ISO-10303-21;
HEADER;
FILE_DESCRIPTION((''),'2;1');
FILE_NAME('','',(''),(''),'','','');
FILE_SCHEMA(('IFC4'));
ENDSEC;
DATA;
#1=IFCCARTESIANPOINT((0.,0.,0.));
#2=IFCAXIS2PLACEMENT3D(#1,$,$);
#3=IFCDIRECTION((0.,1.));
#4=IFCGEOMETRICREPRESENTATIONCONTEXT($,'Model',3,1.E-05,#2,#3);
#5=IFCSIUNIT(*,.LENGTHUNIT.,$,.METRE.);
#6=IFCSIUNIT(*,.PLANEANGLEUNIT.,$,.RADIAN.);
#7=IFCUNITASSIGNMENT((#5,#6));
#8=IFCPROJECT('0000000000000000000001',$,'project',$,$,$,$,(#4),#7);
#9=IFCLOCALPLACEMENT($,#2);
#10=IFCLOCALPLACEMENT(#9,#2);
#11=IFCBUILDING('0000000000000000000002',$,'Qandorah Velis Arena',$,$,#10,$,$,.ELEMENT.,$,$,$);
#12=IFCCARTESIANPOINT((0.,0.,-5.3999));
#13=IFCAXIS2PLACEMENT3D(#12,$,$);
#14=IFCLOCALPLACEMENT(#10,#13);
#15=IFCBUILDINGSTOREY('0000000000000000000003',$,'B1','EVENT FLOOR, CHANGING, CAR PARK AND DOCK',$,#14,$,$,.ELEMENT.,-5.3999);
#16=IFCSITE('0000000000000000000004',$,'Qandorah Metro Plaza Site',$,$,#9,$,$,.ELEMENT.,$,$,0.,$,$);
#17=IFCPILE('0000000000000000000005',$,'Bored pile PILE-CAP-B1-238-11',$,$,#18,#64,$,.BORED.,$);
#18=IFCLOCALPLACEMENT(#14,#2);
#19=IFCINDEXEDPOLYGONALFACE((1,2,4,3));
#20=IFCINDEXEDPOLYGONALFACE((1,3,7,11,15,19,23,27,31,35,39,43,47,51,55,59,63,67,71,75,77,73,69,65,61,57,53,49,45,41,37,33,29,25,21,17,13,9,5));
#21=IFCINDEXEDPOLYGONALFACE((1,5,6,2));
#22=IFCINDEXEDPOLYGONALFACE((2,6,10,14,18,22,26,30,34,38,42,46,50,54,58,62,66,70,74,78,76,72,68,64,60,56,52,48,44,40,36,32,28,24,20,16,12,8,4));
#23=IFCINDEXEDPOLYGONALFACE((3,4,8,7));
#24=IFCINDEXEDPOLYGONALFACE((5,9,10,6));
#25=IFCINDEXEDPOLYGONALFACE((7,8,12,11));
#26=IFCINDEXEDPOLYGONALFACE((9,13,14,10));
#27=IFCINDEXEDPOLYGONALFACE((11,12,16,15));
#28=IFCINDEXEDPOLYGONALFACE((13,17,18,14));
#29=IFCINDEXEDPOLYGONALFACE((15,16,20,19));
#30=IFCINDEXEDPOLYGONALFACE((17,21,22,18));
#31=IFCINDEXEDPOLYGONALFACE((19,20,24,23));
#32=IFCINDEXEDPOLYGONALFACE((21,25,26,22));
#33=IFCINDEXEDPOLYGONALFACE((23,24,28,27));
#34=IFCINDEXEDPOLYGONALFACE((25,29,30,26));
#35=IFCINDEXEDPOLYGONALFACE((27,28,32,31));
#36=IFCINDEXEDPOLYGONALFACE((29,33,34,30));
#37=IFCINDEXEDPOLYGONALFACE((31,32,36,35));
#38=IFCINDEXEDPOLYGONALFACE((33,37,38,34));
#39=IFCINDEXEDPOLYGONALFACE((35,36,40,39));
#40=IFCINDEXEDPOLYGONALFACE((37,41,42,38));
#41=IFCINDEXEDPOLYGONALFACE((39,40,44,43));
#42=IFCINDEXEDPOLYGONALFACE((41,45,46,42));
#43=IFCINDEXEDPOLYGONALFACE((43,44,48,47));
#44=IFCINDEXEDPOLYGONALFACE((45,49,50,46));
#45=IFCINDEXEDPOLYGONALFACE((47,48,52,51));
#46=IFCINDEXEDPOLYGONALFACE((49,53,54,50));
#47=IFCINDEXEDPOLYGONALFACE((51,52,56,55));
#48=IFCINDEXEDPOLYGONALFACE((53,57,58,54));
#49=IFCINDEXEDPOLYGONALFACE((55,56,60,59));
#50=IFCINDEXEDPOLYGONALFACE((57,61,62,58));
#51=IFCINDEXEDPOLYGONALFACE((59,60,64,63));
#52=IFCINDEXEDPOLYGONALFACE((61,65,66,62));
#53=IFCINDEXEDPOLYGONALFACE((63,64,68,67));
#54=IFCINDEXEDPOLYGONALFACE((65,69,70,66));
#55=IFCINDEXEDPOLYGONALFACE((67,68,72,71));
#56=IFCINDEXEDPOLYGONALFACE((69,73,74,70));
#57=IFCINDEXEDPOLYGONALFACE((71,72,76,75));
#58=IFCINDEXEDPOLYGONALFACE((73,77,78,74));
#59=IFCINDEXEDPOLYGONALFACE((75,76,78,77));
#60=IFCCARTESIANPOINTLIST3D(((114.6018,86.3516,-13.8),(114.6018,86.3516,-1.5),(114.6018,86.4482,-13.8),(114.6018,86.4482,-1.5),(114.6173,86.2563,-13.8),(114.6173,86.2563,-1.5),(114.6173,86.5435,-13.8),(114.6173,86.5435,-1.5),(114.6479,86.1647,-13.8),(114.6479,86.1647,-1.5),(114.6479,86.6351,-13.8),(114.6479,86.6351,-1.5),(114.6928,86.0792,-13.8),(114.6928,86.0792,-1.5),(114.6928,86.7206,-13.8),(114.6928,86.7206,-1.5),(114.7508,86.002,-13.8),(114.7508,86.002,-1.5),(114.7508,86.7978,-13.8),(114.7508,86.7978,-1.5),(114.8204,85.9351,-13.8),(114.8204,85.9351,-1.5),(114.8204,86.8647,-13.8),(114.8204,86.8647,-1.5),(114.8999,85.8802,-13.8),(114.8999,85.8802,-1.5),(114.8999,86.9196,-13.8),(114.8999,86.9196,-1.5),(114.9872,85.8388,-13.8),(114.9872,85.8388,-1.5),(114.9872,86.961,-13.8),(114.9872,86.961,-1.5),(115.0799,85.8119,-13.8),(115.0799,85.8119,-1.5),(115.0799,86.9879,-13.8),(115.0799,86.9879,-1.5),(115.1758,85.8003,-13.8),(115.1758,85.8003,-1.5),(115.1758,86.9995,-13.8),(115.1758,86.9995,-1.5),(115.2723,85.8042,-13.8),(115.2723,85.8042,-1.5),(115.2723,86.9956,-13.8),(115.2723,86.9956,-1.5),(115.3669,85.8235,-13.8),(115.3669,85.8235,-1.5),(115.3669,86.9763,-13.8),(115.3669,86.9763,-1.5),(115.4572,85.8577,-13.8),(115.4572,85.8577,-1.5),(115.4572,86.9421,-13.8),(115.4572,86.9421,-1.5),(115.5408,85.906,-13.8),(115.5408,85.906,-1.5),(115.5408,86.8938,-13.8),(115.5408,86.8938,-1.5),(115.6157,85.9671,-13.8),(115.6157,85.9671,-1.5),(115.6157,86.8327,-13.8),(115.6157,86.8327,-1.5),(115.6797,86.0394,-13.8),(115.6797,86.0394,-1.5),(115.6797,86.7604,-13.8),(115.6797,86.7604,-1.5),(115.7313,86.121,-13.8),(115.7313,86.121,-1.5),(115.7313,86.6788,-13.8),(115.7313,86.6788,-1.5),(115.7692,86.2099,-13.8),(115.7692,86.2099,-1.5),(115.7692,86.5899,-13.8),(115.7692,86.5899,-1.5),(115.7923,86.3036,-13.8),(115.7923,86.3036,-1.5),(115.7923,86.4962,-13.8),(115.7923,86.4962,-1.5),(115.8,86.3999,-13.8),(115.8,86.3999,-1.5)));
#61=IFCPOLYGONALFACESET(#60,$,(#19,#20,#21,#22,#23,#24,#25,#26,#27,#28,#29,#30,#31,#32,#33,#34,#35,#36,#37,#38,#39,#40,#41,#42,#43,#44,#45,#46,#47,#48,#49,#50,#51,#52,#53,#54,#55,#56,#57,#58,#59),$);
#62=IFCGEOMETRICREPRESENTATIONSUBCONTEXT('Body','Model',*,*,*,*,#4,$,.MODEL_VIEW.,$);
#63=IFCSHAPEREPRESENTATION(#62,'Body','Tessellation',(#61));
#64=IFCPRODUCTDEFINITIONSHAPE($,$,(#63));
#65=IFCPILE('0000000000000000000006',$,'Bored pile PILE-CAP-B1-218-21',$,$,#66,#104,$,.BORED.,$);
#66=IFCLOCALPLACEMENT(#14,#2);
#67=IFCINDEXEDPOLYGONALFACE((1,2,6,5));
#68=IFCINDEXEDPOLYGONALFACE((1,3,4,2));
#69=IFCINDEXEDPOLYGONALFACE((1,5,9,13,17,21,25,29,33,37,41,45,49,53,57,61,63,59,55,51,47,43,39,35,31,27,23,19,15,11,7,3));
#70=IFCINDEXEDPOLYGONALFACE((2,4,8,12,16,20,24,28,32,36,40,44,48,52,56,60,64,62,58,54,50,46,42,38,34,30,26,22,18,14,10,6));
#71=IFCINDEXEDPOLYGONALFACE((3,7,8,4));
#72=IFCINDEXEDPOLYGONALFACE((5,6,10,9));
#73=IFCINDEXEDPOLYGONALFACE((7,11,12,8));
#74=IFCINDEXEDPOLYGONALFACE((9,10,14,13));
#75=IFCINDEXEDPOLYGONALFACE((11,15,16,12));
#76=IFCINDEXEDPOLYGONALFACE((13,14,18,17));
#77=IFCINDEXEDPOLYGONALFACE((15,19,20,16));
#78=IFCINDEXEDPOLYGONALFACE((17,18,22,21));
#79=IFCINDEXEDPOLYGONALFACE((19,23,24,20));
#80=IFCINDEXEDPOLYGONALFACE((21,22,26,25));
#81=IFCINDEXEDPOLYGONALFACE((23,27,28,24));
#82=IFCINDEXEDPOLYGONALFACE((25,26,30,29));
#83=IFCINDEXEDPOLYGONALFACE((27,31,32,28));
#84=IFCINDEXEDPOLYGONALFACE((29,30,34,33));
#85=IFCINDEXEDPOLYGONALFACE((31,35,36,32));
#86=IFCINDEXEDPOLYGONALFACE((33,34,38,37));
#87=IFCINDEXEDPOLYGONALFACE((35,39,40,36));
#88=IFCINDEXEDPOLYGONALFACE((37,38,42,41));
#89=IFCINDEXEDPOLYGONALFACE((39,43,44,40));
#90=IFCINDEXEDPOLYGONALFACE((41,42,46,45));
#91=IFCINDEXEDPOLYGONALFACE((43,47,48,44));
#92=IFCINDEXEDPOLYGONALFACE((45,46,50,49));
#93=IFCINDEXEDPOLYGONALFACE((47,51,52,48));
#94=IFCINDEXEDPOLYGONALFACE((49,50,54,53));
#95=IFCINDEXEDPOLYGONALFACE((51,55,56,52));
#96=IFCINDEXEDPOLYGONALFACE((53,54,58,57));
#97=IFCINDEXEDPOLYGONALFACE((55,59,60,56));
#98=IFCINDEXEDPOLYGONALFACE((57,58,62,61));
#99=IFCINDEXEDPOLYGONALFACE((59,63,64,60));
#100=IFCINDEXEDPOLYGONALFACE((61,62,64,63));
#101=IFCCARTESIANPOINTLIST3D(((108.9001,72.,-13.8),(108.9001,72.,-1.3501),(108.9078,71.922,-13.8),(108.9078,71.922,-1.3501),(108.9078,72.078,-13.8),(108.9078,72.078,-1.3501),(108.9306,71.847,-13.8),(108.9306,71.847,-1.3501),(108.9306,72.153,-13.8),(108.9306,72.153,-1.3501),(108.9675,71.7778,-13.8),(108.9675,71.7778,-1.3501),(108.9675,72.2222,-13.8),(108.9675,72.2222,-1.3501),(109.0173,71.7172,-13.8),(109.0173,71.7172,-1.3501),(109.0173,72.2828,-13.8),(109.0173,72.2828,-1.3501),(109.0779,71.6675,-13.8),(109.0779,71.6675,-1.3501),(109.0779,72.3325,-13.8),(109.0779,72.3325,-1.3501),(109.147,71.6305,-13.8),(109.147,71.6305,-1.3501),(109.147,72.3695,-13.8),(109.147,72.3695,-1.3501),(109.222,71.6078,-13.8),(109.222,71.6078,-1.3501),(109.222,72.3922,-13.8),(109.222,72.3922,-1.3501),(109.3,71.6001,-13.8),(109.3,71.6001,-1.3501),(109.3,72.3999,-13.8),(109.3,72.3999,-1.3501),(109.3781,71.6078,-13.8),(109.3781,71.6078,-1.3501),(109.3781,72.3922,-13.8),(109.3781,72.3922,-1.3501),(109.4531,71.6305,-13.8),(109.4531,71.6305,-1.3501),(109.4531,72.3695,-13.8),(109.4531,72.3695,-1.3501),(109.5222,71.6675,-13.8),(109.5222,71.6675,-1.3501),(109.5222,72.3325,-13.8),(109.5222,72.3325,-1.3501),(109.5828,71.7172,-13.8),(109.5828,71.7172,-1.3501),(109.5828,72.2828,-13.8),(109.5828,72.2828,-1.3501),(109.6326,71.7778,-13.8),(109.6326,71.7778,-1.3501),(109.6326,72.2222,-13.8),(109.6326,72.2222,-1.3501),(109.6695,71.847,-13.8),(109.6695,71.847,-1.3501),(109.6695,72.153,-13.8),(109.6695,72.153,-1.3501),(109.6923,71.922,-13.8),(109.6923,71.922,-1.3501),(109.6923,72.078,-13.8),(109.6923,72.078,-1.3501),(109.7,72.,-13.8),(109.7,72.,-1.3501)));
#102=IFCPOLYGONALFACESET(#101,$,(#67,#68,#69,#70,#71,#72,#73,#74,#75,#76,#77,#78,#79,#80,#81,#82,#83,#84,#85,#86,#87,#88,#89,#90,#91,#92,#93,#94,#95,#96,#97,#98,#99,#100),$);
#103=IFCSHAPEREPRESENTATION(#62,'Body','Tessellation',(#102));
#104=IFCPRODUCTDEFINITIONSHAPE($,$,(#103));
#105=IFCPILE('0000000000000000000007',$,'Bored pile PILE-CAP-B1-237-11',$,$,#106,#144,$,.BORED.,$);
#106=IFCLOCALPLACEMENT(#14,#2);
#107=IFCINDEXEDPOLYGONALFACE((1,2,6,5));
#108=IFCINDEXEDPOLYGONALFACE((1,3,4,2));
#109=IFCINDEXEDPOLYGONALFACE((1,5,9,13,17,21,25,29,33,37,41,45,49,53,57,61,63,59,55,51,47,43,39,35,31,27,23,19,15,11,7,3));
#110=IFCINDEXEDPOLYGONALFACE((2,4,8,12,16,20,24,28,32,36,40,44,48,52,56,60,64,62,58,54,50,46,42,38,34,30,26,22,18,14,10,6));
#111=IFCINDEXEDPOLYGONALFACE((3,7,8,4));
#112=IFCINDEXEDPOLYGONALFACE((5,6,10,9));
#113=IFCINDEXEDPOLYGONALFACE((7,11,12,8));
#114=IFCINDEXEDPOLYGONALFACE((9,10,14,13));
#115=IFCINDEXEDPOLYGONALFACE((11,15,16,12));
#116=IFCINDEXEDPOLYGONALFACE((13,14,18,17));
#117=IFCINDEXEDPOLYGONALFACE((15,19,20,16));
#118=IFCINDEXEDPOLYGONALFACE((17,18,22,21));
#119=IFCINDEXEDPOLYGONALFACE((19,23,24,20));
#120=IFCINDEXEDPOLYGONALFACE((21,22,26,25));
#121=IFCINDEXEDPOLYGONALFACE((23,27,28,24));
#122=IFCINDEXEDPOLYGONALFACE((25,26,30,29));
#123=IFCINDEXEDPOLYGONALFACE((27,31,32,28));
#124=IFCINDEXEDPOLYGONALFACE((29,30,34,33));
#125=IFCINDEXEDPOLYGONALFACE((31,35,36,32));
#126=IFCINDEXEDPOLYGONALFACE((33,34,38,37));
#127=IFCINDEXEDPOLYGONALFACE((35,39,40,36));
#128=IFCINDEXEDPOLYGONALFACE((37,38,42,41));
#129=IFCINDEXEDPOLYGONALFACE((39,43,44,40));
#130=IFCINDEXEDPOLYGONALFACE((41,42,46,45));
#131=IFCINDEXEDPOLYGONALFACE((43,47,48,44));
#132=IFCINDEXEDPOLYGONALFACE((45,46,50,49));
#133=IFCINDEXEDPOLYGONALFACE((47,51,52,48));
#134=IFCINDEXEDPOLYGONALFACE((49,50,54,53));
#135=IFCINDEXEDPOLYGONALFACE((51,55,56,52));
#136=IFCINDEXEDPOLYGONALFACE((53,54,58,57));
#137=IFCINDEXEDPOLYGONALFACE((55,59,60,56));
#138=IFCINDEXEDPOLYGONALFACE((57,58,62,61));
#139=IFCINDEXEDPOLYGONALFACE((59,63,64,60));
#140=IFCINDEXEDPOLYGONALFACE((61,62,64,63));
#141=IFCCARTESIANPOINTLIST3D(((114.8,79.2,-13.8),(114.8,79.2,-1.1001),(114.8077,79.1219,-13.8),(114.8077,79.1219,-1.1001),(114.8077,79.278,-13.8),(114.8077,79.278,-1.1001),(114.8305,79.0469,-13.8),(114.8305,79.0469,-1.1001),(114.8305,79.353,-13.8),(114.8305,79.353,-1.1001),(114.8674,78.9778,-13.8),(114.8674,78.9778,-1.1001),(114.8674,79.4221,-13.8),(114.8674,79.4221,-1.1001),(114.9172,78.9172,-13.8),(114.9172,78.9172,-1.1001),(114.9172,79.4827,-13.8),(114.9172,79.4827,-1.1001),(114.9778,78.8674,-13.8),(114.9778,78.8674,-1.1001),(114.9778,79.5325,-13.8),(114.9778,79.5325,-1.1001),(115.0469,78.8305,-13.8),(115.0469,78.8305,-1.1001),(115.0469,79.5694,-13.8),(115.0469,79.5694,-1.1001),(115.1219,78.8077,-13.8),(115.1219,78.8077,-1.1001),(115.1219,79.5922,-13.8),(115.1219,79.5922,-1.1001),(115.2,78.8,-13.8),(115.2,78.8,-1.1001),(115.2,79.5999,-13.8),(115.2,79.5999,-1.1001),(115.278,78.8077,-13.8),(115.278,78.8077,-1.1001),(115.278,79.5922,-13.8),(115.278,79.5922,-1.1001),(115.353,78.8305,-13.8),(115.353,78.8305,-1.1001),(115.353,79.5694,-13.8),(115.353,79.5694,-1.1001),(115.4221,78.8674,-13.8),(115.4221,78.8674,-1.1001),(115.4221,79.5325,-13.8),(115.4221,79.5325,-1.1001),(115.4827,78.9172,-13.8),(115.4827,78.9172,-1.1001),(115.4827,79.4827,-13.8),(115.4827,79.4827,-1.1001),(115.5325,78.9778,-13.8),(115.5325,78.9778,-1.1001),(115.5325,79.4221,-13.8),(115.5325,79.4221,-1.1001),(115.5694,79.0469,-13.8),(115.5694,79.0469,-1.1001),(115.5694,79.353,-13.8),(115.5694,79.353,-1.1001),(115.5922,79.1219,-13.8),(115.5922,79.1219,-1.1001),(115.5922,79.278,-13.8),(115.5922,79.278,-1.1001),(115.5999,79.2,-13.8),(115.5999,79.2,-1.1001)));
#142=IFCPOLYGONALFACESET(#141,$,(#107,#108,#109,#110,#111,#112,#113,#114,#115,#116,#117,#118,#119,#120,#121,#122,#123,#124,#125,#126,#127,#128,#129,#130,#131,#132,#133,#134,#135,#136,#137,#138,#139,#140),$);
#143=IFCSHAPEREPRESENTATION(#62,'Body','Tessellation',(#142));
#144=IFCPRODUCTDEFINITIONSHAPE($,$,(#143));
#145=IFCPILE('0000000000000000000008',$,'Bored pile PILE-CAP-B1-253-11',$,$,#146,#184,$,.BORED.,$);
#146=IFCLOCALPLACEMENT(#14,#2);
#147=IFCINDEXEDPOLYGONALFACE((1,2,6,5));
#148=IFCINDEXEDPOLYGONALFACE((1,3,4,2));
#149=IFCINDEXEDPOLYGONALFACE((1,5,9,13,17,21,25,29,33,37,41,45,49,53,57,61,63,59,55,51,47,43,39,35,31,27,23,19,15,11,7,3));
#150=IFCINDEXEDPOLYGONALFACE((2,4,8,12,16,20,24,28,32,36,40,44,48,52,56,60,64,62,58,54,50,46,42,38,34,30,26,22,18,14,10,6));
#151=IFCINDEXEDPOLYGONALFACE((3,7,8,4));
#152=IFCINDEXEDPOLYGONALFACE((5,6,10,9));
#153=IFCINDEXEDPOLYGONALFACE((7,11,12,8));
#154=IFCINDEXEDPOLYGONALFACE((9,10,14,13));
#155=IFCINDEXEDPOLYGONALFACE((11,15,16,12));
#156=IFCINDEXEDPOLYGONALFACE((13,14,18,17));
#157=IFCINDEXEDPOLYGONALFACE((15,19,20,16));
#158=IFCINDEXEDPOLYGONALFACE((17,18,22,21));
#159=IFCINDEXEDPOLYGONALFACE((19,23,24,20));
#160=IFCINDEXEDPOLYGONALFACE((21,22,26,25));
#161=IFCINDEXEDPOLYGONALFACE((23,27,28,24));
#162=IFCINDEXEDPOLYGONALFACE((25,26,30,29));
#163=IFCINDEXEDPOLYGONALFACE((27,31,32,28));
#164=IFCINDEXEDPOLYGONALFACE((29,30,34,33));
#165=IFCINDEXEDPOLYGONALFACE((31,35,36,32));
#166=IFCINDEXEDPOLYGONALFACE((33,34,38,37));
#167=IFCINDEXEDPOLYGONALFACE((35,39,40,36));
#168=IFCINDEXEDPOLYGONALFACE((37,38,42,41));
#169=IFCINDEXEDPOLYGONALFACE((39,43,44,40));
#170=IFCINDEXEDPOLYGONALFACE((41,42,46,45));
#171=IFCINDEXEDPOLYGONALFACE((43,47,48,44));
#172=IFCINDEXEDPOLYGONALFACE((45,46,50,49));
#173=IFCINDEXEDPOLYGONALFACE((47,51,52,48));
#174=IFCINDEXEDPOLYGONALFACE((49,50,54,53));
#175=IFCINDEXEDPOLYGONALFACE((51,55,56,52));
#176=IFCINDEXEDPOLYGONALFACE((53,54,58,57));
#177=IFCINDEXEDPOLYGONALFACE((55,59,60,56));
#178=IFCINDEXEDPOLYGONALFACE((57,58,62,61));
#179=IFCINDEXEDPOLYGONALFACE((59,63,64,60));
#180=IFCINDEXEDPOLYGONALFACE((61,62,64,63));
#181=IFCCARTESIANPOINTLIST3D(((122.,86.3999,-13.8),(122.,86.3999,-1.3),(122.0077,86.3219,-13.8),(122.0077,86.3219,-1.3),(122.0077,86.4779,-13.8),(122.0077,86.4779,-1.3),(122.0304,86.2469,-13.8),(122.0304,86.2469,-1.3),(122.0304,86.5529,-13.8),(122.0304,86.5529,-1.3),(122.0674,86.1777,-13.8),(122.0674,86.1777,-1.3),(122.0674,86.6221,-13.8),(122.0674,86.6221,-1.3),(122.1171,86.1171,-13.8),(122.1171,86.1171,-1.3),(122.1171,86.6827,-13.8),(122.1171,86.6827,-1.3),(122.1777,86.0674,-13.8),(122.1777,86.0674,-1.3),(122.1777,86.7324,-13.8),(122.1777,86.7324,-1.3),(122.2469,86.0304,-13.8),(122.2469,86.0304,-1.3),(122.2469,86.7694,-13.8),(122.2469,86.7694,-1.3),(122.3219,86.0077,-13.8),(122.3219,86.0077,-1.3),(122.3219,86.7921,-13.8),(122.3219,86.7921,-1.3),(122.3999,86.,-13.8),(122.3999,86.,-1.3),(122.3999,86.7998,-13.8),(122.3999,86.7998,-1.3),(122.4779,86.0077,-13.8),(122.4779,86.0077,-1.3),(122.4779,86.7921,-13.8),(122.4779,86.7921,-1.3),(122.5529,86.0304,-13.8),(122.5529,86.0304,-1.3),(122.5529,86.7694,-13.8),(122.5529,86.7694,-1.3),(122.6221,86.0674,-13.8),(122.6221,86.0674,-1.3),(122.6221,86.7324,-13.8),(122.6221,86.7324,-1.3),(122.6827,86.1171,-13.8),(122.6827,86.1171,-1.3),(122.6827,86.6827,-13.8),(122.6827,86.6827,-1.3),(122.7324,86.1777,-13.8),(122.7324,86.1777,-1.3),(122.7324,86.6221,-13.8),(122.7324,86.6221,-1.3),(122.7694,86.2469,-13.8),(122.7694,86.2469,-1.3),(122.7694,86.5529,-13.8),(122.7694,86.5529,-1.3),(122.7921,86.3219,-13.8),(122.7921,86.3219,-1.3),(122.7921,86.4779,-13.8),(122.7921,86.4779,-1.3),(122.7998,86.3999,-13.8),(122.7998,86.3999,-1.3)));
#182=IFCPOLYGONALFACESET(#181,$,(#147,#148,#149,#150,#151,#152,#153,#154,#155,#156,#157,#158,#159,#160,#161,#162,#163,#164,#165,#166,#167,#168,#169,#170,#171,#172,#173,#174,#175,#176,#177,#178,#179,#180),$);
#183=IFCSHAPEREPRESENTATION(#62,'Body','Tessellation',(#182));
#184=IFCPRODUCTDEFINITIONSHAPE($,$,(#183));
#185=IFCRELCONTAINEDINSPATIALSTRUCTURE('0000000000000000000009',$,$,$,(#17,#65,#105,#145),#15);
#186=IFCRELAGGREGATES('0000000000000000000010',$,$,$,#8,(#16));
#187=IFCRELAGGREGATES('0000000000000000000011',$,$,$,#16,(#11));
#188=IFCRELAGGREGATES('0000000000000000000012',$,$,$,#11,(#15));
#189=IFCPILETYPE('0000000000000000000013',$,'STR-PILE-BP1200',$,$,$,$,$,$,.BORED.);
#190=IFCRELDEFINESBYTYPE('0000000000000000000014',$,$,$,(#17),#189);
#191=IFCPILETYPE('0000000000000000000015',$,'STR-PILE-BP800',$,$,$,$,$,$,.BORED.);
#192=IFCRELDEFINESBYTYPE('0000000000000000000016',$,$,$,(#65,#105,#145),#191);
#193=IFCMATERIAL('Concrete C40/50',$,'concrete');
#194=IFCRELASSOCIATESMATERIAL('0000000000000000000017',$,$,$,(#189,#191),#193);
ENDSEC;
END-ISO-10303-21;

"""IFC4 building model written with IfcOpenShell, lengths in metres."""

from ifc_helpers import new_model, si_unit, direction, frame, origin, origin_2d, place, context, subcontext, project, spatial, circle, extrude, material, material_profile, profile_set, type_object, element, save


model = new_model("IFC4")

# Units and contexts
model_context = context("Model", 3, precision=1e-05, world=origin(), true_north=direction((0.0, 1.0)))
body_context = subcontext(model_context, "Body", "Model", "MODEL_VIEW")
ifc_project = project(units=[si_unit("LENGTHUNIT", "METRE"), si_unit("PLANEANGLEUNIT", "RADIAN")], contexts=[model_context])

# Site, building, storey
site_placement = place(None, origin())
site = spatial("IfcSite", under=ifc_project, at=site_placement, Name="Qandorah Metro Plaza Site", CompositionType="ELEMENT", RefElevation=0.0)
building_placement = place(site_placement, origin())
building = spatial("IfcBuilding", under=site, at=building_placement, Name="Qandorah Velis Arena", CompositionType="ELEMENT")
storey_placement = place(building_placement, frame((0.0, 0.0, -5.3999)))
storey = spatial("IfcBuildingStorey", under=building, at=storey_placement, Name="B1", Description="EVENT FLOOR, CHANGING, CAR PARK AND DOCK", CompositionType="ELEMENT", Elevation=-5.3999)

# Shared definitions
ifc_material_1 = material(Name="Concrete C40/50", Category="concrete")

# Piles
ifc_material_profile_1 = material_profile(ifc_material_1, circle(Radius=0.6001, at=origin_2d()), Name="BORED PILE D1200")
ifc_profile_set_1 = profile_set([ifc_material_profile_1], Name="Concrete C40/50")
pile_type_1 = type_object("IfcPileType", Name="STR-PILE-BP1200", PredefinedType="BORED", material=ifc_profile_set_1)
for number, where, z_axis, x_axis, name in (
    (1, (115.2, 86.3999, -1.5), (0.0, 0.0, -1.0), (1.0, 0.0, 0.0), "Bored pile PILE-CAP-B1-238-11"),
):
    element("IfcPile", number, at=place(storey_placement, frame(where, z_axis=z_axis, x_axis=x_axis)), inside=storey, type_object=pile_type_1, Name=name, PredefinedType="BORED", context=body_context, shape_type="SweptSolid", body=[
        extrude(circle(Radius=0.6001, at=origin_2d()), origin(), (0.0, 0.0, 1.0), 12.3),
    ])
ifc_material_profile_2 = material_profile(ifc_material_1, circle(Radius=0.3999, at=origin_2d()), Name="BORED PILE D800")
ifc_profile_set_2 = profile_set([ifc_material_profile_2], Name="Concrete C40/50")
pile_type_2 = type_object("IfcPileType", Name="STR-PILE-BP800", PredefinedType="BORED", material=ifc_profile_set_2)
pile_1_placement = place(storey_placement, frame((109.3, 72.0, -1.3501), z_axis=(0.0, 0.0, -1.0), x_axis=(1.0, 0.0, 0.0)))
element("IfcPile", 2, at=pile_1_placement, inside=storey, type_object=pile_type_2, Name="Bored pile PILE-CAP-B1-218-21", PredefinedType="BORED", context=body_context, shape_type="SweptSolid", body=[
    extrude(circle(Radius=0.3999, at=origin_2d()), origin(), (0.0, 0.0, 1.0), 12.45),
])
pile_2_placement = place(storey_placement, frame((115.2, 79.2, -1.1001), z_axis=(0.0, 0.0, -1.0), x_axis=(1.0, 0.0, 0.0)))
element("IfcPile", 3, at=pile_2_placement, inside=storey, type_object=pile_type_2, Name="Bored pile PILE-CAP-B1-237-11", PredefinedType="BORED", context=body_context, shape_type="SweptSolid", body=[
    extrude(circle(Radius=0.3999, at=origin_2d()), origin(), (0.0, 0.0, 1.0), 12.7),
])
pile_3_placement = place(storey_placement, frame((122.3999, 86.3999, -1.3), z_axis=(0.0, 0.0, -1.0), x_axis=(1.0, 0.0, 0.0)))
element("IfcPile", 4, at=pile_3_placement, inside=storey, type_object=pile_type_2, Name="Bored pile PILE-CAP-B1-253-11", PredefinedType="BORED", context=body_context, shape_type="SweptSolid", body=[
    extrude(circle(Radius=0.3999, at=origin_2d()), origin(), (0.0, 0.0, 1.0), 12.5),
])

save(model, "model.ifc")
